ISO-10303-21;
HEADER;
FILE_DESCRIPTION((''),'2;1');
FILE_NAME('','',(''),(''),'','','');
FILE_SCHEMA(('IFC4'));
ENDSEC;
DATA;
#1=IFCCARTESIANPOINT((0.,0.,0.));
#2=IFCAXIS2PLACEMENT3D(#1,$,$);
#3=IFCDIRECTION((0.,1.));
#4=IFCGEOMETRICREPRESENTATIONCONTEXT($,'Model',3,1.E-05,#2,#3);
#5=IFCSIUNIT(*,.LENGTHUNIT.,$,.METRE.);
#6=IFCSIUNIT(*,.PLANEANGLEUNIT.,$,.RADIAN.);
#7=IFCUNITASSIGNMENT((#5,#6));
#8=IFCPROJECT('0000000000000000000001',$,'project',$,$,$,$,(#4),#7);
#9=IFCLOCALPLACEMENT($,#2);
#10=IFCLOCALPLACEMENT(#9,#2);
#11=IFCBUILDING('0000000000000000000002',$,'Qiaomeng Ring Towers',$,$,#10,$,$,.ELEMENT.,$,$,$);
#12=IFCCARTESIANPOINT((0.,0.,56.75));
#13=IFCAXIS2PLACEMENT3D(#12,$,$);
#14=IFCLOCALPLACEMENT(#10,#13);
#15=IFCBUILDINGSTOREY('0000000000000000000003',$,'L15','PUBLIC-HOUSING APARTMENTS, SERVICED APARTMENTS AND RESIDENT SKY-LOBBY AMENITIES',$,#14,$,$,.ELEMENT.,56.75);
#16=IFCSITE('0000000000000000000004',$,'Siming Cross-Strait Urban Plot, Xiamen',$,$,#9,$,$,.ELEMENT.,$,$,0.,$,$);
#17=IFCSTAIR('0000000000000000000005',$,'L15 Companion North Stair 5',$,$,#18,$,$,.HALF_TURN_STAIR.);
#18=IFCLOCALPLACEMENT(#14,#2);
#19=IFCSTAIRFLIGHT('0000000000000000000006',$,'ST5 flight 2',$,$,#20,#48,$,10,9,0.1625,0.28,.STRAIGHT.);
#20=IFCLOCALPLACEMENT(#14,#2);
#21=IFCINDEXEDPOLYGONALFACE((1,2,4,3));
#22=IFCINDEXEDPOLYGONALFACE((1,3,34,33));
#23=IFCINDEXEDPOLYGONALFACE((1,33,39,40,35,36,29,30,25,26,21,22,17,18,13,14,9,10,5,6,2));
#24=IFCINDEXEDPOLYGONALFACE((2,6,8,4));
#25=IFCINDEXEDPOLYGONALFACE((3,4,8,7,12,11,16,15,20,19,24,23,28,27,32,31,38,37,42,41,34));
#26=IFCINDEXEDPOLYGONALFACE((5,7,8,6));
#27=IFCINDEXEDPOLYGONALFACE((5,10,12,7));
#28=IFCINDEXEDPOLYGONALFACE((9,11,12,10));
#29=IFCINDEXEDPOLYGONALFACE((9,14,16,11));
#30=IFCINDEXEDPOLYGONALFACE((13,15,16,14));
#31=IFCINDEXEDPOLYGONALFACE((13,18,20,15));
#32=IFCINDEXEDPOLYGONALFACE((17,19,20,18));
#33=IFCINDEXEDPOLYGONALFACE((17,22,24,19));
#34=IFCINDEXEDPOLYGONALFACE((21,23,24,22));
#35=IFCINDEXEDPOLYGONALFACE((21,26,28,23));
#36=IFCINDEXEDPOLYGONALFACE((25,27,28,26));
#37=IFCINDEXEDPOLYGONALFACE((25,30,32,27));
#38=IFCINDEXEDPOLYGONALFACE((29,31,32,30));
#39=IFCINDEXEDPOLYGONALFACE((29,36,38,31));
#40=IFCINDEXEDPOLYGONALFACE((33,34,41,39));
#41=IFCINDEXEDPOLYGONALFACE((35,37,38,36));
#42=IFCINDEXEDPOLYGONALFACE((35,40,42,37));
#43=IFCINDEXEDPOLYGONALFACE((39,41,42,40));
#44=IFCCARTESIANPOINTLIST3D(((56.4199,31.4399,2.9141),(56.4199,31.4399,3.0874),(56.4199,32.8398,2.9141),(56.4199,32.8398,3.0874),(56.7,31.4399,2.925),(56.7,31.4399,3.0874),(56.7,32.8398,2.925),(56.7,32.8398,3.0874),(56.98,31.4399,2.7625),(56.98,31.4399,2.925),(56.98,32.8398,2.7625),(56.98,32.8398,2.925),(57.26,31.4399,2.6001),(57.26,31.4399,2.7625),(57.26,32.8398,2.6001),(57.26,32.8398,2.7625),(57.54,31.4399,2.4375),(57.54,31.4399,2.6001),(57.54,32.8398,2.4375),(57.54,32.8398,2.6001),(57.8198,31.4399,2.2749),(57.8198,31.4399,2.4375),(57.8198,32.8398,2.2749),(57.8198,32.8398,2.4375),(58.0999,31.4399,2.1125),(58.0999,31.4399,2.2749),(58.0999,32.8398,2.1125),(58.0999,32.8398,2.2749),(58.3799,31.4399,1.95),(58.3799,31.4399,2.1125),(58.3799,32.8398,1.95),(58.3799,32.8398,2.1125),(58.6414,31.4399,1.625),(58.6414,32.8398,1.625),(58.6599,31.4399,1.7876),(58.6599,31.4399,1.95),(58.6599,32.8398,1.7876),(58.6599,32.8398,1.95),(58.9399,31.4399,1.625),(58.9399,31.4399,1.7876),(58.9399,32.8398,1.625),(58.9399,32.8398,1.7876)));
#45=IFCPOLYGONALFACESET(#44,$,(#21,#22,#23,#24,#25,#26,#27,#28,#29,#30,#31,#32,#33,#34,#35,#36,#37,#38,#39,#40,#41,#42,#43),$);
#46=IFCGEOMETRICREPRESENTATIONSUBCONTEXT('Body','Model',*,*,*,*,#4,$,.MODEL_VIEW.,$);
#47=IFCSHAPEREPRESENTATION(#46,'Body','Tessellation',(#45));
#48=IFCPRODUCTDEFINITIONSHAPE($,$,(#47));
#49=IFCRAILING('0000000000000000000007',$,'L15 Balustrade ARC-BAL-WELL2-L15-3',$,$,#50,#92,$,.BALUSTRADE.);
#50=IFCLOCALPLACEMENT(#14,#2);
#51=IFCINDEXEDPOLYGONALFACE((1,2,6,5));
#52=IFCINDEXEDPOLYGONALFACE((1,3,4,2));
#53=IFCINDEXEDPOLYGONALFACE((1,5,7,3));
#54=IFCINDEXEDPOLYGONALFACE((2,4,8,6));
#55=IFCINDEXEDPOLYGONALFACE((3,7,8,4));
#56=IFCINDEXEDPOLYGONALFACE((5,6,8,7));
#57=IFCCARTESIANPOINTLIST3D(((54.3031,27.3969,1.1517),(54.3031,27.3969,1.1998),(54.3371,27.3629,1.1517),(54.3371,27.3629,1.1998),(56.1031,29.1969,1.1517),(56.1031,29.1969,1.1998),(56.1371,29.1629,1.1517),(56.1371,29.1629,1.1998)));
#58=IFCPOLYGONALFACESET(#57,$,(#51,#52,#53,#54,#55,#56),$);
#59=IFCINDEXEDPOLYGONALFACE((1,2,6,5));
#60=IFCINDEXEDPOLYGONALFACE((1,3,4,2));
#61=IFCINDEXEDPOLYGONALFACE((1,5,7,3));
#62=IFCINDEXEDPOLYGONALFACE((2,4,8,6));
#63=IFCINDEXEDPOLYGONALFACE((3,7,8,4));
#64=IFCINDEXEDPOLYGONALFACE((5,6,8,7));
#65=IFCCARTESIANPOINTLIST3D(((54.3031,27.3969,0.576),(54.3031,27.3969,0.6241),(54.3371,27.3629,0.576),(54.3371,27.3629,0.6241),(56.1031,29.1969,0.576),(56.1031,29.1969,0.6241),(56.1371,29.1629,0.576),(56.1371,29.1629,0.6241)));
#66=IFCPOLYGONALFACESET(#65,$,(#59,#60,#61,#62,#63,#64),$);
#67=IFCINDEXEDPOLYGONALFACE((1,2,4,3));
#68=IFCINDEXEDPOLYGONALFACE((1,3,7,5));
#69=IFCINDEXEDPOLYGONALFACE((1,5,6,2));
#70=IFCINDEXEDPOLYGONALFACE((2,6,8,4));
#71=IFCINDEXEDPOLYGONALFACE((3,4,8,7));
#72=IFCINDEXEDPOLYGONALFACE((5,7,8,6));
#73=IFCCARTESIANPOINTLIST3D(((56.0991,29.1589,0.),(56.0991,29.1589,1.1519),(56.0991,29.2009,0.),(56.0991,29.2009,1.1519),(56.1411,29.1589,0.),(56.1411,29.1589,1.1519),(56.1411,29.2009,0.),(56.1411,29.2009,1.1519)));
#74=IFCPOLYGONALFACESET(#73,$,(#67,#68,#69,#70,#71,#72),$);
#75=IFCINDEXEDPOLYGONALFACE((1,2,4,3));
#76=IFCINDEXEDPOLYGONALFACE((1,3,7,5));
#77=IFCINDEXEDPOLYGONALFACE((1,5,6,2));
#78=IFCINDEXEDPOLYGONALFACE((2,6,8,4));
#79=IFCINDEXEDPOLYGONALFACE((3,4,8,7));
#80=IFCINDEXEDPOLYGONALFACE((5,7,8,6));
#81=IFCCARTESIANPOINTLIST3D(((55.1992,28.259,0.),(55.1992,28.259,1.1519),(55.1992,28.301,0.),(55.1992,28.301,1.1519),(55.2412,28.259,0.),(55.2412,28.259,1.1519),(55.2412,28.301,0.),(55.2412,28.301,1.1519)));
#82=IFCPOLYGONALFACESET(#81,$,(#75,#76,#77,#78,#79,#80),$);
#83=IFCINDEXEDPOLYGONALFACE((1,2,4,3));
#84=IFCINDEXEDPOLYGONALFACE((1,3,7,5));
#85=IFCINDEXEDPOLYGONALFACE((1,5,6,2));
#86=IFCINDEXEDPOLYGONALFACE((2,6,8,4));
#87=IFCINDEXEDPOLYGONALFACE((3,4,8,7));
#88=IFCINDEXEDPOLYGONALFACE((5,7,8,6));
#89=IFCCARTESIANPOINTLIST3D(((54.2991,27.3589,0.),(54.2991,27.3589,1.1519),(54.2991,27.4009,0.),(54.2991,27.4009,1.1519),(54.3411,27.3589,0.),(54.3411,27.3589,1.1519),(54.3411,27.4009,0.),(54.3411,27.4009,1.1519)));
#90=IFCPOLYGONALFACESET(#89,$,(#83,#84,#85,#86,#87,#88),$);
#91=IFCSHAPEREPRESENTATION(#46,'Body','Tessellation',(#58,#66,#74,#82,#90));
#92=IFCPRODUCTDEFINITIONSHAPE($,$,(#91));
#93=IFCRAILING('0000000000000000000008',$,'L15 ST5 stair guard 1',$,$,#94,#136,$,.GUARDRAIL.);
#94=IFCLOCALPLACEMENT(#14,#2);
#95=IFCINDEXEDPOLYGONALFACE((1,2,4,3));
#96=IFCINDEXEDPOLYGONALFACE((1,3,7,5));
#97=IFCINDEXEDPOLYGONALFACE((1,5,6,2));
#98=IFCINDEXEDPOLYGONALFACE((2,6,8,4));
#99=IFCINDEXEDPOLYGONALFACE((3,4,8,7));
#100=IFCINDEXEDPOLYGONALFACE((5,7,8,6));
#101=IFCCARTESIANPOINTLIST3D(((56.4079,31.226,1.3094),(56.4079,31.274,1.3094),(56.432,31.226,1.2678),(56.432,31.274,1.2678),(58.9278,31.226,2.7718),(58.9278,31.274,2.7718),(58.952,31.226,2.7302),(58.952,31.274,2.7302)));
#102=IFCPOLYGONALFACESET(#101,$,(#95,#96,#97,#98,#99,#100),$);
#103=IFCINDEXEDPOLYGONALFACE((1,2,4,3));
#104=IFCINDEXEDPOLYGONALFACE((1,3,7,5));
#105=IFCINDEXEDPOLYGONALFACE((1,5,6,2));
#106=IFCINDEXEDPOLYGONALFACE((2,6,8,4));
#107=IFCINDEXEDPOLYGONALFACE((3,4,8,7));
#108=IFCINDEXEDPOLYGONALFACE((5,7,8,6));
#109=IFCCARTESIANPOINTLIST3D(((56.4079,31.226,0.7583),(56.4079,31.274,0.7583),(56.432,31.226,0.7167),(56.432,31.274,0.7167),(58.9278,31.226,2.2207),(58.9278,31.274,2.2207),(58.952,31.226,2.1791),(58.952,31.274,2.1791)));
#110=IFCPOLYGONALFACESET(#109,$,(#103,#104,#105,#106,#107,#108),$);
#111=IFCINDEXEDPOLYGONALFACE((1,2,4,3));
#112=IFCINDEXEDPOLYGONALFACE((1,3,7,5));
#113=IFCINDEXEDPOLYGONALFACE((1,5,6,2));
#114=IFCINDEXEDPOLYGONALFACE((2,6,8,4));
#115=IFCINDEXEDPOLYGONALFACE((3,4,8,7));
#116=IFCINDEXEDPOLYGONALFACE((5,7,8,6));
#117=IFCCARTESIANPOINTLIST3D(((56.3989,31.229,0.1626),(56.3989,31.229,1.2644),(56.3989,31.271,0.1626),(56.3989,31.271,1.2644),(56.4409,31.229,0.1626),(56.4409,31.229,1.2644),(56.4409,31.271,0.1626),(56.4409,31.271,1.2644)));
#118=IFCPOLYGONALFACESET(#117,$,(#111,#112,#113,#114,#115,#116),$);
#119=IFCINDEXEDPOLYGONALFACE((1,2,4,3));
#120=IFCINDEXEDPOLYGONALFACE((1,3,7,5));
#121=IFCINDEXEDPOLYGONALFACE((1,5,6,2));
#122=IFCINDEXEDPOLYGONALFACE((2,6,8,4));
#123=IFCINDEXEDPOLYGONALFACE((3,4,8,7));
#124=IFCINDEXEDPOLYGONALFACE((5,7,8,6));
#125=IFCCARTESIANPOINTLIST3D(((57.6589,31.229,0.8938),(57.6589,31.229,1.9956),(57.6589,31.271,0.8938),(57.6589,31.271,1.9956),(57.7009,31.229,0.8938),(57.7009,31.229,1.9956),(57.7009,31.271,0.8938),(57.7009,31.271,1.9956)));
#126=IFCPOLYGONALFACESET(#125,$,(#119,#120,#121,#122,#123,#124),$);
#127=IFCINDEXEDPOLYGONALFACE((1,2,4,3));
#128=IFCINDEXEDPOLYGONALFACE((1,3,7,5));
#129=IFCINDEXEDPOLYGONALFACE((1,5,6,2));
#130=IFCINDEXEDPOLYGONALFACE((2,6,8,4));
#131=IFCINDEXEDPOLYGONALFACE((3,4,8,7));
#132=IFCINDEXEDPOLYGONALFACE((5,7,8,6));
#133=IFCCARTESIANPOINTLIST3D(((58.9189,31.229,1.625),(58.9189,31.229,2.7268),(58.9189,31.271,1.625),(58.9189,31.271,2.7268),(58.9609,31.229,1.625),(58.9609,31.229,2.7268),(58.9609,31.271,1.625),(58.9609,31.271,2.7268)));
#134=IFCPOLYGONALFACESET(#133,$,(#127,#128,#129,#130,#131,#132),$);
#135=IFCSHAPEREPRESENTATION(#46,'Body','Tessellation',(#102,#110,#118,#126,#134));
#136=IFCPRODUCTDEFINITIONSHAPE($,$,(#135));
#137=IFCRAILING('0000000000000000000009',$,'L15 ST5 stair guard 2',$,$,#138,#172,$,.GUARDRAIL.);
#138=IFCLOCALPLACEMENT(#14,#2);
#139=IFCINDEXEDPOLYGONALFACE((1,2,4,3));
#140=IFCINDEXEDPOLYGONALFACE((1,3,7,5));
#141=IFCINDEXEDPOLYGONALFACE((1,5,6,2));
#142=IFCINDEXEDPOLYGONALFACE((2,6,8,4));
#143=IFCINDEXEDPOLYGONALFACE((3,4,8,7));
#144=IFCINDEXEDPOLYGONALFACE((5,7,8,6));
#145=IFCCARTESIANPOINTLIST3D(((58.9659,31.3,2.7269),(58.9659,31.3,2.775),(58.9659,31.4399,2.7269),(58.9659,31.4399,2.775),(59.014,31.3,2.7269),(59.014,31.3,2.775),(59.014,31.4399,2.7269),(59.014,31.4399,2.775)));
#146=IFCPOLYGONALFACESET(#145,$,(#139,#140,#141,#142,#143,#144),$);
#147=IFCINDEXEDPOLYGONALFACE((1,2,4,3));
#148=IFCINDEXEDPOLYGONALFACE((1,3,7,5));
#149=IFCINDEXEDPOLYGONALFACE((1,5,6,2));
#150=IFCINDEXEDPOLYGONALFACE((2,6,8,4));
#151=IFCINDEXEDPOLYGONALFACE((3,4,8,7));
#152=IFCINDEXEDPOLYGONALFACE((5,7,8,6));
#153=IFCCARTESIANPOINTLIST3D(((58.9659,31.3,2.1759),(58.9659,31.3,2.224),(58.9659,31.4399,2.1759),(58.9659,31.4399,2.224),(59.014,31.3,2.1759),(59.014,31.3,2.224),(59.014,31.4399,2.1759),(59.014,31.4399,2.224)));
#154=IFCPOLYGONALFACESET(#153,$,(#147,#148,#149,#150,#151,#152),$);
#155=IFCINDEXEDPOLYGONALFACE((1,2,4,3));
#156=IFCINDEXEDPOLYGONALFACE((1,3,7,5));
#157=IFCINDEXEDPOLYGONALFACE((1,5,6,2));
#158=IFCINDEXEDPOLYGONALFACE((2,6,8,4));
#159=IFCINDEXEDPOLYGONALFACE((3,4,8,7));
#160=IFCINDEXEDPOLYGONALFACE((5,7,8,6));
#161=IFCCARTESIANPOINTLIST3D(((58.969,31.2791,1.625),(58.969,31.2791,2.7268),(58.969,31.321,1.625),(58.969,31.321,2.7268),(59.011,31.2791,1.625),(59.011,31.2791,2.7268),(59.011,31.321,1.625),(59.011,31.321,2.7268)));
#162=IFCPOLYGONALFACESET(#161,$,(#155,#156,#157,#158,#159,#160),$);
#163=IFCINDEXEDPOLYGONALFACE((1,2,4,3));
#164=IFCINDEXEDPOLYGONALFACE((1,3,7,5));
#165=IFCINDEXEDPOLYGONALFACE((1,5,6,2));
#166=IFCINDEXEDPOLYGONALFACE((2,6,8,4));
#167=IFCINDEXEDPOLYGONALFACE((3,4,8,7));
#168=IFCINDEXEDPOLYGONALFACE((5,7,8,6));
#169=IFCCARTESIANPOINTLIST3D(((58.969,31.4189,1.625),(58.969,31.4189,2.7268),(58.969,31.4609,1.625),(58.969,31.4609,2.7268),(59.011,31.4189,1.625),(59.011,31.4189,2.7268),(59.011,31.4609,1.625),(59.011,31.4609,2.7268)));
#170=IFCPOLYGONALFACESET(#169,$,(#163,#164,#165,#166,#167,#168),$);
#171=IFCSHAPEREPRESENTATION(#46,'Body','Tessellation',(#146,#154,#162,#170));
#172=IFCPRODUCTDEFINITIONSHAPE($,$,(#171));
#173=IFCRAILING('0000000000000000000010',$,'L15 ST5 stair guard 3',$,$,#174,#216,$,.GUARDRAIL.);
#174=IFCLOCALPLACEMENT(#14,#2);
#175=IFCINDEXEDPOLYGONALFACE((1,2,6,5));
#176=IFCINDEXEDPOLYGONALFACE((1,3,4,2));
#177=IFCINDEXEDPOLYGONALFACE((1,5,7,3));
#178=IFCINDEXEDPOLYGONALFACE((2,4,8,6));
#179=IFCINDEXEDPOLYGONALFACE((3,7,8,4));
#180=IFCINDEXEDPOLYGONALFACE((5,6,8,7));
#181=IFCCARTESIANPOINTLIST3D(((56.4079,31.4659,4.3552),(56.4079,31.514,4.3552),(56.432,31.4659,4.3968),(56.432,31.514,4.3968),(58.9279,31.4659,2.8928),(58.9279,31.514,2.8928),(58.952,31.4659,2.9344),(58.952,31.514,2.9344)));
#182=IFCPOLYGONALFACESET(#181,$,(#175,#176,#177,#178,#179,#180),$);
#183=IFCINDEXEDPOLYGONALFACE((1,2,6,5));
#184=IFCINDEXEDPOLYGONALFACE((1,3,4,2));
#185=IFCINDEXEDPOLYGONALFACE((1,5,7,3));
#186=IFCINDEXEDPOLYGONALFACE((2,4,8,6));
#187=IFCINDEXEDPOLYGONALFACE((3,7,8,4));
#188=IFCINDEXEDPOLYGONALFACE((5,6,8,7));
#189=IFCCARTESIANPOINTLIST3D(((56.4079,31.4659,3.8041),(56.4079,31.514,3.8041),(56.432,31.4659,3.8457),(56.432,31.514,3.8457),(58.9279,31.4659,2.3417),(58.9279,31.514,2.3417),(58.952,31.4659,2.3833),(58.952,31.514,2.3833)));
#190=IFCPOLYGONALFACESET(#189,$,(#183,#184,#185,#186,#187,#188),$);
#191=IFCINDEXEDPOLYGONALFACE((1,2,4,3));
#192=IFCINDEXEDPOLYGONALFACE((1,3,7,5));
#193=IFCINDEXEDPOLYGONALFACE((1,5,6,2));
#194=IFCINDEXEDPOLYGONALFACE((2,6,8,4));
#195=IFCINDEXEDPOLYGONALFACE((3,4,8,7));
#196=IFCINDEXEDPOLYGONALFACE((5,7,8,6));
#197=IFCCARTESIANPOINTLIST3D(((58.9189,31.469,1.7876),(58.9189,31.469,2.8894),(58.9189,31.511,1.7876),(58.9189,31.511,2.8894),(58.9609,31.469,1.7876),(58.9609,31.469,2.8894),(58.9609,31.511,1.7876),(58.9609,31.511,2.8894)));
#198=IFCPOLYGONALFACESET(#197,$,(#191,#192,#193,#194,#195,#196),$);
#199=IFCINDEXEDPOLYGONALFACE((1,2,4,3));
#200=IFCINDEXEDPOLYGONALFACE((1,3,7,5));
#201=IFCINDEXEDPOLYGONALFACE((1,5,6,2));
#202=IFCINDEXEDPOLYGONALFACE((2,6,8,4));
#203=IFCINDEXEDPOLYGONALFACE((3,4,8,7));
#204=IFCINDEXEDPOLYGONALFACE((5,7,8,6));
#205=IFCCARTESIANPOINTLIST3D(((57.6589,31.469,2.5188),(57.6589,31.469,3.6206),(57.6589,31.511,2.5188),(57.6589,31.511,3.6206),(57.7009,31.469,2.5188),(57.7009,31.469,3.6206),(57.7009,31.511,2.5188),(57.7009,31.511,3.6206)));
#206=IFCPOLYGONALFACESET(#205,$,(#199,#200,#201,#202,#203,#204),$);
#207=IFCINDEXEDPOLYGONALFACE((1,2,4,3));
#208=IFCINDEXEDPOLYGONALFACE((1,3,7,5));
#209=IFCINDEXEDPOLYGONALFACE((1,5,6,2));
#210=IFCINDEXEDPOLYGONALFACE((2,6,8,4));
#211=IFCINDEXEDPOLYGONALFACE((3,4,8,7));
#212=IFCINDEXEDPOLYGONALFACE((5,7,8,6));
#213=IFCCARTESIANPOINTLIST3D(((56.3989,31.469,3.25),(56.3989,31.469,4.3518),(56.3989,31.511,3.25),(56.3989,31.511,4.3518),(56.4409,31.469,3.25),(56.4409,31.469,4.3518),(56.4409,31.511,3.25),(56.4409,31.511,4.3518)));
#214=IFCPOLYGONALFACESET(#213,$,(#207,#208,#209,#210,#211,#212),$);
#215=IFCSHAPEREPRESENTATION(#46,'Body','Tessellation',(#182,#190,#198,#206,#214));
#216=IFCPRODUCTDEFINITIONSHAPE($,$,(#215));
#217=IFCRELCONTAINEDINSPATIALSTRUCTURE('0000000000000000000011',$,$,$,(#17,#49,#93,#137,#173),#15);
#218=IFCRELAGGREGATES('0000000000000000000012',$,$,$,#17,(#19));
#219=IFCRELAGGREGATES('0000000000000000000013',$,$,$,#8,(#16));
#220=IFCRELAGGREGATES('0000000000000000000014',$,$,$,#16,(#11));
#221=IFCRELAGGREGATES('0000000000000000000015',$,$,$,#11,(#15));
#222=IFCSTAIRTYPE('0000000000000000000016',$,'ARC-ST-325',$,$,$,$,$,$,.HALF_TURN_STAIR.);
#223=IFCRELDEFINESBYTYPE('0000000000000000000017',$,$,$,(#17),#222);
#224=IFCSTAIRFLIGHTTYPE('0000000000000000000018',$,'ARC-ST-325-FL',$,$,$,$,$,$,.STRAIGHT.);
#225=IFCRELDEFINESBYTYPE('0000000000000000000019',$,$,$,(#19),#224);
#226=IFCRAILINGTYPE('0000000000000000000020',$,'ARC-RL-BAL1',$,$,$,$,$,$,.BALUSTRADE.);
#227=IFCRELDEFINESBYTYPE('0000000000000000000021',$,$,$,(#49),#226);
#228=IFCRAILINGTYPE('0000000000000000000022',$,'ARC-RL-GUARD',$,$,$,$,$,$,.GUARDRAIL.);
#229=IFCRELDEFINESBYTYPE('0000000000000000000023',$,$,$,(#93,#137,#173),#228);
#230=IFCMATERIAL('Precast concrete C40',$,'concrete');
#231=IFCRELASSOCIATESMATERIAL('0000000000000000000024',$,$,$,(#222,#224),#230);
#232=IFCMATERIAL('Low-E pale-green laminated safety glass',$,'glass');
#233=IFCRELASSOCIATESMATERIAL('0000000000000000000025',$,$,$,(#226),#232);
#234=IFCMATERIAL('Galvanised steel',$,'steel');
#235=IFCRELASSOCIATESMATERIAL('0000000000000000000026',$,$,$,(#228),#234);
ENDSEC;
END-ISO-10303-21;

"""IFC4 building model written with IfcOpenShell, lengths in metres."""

from ifc_helpers import new_model, si_unit, direction, frame, origin, origin_2d, place, context, subcontext, project, spatial, polyline, rectangle, outline, extrude, source, transform, mapped, material, type_object, element, aggregate, save


model = new_model("IFC4")

# Units and contexts
model_context = context("Model", 3, precision=1e-05, world=origin(), true_north=direction((0.0, 1.0)))
body_context = subcontext(model_context, "Body", "Model", "MODEL_VIEW")
ifc_project = project(units=[si_unit("LENGTHUNIT", "METRE"), si_unit("PLANEANGLEUNIT", "RADIAN")], contexts=[model_context])

# Site, building, storey
site_placement = place(None, origin())
site = spatial("IfcSite", under=ifc_project, at=site_placement, Name="Siming Cross-Strait Urban Plot, Xiamen", CompositionType="ELEMENT", RefElevation=0.0)
building_placement = place(site_placement, origin())
building = spatial("IfcBuilding", under=site, at=building_placement, Name="Qiaomeng Ring Towers", CompositionType="ELEMENT")
storey_placement = place(building_placement, frame((0.0, 0.0, 56.75)))
storey = spatial("IfcBuildingStorey", under=building, at=storey_placement, Name="L15", Description="PUBLIC-HOUSING APARTMENTS, SERVICED APARTMENTS AND RESIDENT SKY-LOBBY AMENITIES", CompositionType="ELEMENT", Elevation=56.75)

# Shared definitions
ifc_material_1 = material(Name="Galvanised steel", Category="steel")

# Stair, stair flight
ifc_material_2 = material(Name="Precast concrete C40", Category="concrete")
stair_type = type_object("IfcStairType", Name="ARC-ST-325", PredefinedType="HALF_TURN_STAIR", material=ifc_material_2)
stair_placement = place(storey_placement, origin())
stair = element("IfcStair", 1, at=stair_placement, inside=storey, type_object=stair_type, Name="L15 Companion North Stair 5", PredefinedType="HALF_TURN_STAIR")
stair_flight_type = type_object("IfcStairFlightType", Name="ARC-ST-325-FL", PredefinedType="STRAIGHT", material=ifc_material_2)
shared_shape_1 = source(origin(), body_context, "Body", "SweptSolid", [
    extrude(outline(polyline([(0.0, 0.0), (0.0, 0.1626), (0.28, 0.1626), (0.28, 0.325), (0.5601, 0.325), (0.5601, 0.4875), (0.8401, 0.4875), (0.8401, 0.6499), (1.1201, 0.6499), (1.1201, 0.8125), (1.3999, 0.8125), (1.3999, 0.9751), (1.6799, 0.9751), (1.6799, 1.1375), (1.96, 1.1375), (1.96, 1.3), (2.24, 1.3), (2.24, 1.4624), (2.52, 1.4624), (2.52, 1.625), (2.52, 1.2891), (0.2986, 0.0), (0.0, 0.0)])), frame((0.0, 0.7, 0.0), z_axis=(0.0, -1.0, 0.0), x_axis=(1.0, 0.0, 0.0)), (0.0, 0.0, 1.0), 1.3999),
])
stair_flight_1_placement = place(storey_placement, frame((58.9399, 32.1399, 1.625), z_axis=(0.0, 0.0, 1.0), x_axis=(-1.0, 0.0, 0.0)))
stair_flight_1 = element("IfcStairFlight", 2, at=stair_flight_1_placement, type_object=stair_flight_type, Name="ST5 flight 2", NumberOfRisers=10, NumberOfTreads=9, PredefinedType="STRAIGHT", RiserHeight=0.1625, TreadLength=0.28, context=body_context, shape_type="MappedRepresentation", body=[
    mapped(shared_shape_1, transform((0.0, 0.0, 0.0), x_axis=(1.0, 0.0, 0.0), y_axis=(0.0, 1.0, 0.0), z_axis=(0.0, 0.0, 1.0), scale=1.0)),
])
aggregate(stair, [stair_flight_1])

# Railings
ifc_material_3 = material(Name="Low-E pale-green laminated safety glass", Category="glass")
railing_type_1 = type_object("IfcRailingType", Name="ARC-RL-BAL1", PredefinedType="BALUSTRADE", material=ifc_material_3)
railing_1_placement = place(storey_placement, frame((56.1201, 29.1799, 0.0)))
element("IfcRailing", 3, at=railing_1_placement, inside=storey, type_object=railing_type_1, Name="L15 Balustrade ARC-BAL-WELL2-L15-3", PredefinedType="BALUSTRADE", context=body_context, shape_type="SweptSolid", body=[
    extrude(rectangle(XDim=0.0481, YDim=0.0481, at=origin_2d()), frame((0.0, 0.0, 1.1758), z_axis=(-0.707107, -0.707107, 0.0), x_axis=(0.707107, -0.707107, 0.0)), (0.0, 0.0, 1.0), 2.5457),
    extrude(rectangle(XDim=0.0481, YDim=0.0481, at=origin_2d()), frame((0.0, 0.0, 0.6001), z_axis=(-0.707107, -0.707107, 0.0), x_axis=(0.707107, -0.707107, 0.0)), (0.0, 0.0, 1.0), 2.5457),
    extrude(rectangle(XDim=0.042, YDim=0.042, at=origin_2d()), origin(), (0.0, 0.0, 1.0), 1.1519),
    extrude(rectangle(XDim=0.042, YDim=0.042, at=origin_2d()), frame((-0.8999, -0.8999, 0.0)), (0.0, 0.0, 1.0), 1.1519),
    extrude(rectangle(XDim=0.042, YDim=0.042, at=origin_2d()), frame((-1.8, -1.8, 0.0)), (0.0, 0.0, 1.0), 1.1519),
])
railing_type_2 = type_object("IfcRailingType", Name="ARC-RL-GUARD", PredefinedType="GUARDRAIL", material=ifc_material_1)
railing_2_placement = place(storey_placement, frame((56.4199, 31.25, 0.1626)))
element("IfcRailing", 4, at=railing_2_placement, inside=storey, type_object=railing_type_2, Name="L15 ST5 stair guard 1", PredefinedType="GUARDRAIL", context=body_context, shape_type="SweptSolid", body=[
    extrude(rectangle(XDim=0.0481, YDim=0.0481, at=origin_2d()), frame((0.0, 0.0, 1.126), z_axis=(0.864913, 0.0, 0.501921), x_axis=(0.0, 1.0, 0.0)), (0.0, 0.0, 1.0), 2.9136),
    extrude(rectangle(XDim=0.0481, YDim=0.0481, at=origin_2d()), frame((0.0, 0.0, 0.575), z_axis=(0.864913, 0.0, 0.501921), x_axis=(0.0, 1.0, 0.0)), (0.0, 0.0, 1.0), 2.9136),
    extrude(rectangle(XDim=0.042, YDim=0.042, at=origin_2d()), origin(), (0.0, 0.0, 1.0), 1.1018),
    extrude(rectangle(XDim=0.042, YDim=0.042, at=origin_2d()), frame((1.26, 0.0, 0.7312)), (0.0, 0.0, 1.0), 1.1018),
    extrude(rectangle(XDim=0.042, YDim=0.042, at=origin_2d()), frame((2.52, 0.0, 1.4624)), (0.0, 0.0, 1.0), 1.1018),
])
railing_3_placement = place(storey_placement, frame((58.99, 31.3, 1.625)))
element("IfcRailing", 5, at=railing_3_placement, inside=storey, type_object=railing_type_2, Name="L15 ST5 stair guard 2", PredefinedType="GUARDRAIL", context=body_context, shape_type="SweptSolid", body=[
    extrude(rectangle(XDim=0.0481, YDim=0.0481, at=origin_2d()), frame((0.0, 0.0, 1.126), z_axis=(0.0, 1.0, 0.0), x_axis=(-1.0, 0.0, 0.0)), (0.0, 0.0, 1.0), 0.1399),
    extrude(rectangle(XDim=0.0481, YDim=0.0481, at=origin_2d()), frame((0.0, 0.0, 0.575), z_axis=(0.0, 1.0, 0.0), x_axis=(-1.0, 0.0, 0.0)), (0.0, 0.0, 1.0), 0.1399),
    extrude(rectangle(XDim=0.042, YDim=0.042, at=origin_2d()), origin(), (0.0, 0.0, 1.0), 1.1018),
    extrude(rectangle(XDim=0.042, YDim=0.042, at=origin_2d()), frame((0.0, 0.1399, 0.0)), (0.0, 0.0, 1.0), 1.1018),
])
railing_4_placement = place(storey_placement, frame((58.9399, 31.49, 1.7876)))
element("IfcRailing", 6, at=railing_4_placement, inside=storey, type_object=railing_type_2, Name="L15 ST5 stair guard 3", PredefinedType="GUARDRAIL", context=body_context, shape_type="SweptSolid", body=[
    extrude(rectangle(XDim=0.0481, YDim=0.0481, at=origin_2d()), frame((0.0, 0.0, 1.126), z_axis=(-0.864913, 0.0, 0.501921), x_axis=(0.0, -1.0, 0.0)), (0.0, 0.0, 1.0), 2.9136),
    extrude(rectangle(XDim=0.0481, YDim=0.0481, at=origin_2d()), frame((0.0, 0.0, 0.575), z_axis=(-0.864913, 0.0, 0.501921), x_axis=(0.0, -1.0, 0.0)), (0.0, 0.0, 1.0), 2.9136),
    extrude(rectangle(XDim=0.042, YDim=0.042, at=origin_2d()), origin(), (0.0, 0.0, 1.0), 1.1018),
    extrude(rectangle(XDim=0.042, YDim=0.042, at=origin_2d()), frame((-1.26, 0.0, 0.7312)), (0.0, 0.0, 1.0), 1.1018),
    extrude(rectangle(XDim=0.042, YDim=0.042, at=origin_2d()), frame((-2.52, 0.0, 1.4624)), (0.0, 0.0, 1.0), 1.1018),
])

save(model, "model.ifc")
